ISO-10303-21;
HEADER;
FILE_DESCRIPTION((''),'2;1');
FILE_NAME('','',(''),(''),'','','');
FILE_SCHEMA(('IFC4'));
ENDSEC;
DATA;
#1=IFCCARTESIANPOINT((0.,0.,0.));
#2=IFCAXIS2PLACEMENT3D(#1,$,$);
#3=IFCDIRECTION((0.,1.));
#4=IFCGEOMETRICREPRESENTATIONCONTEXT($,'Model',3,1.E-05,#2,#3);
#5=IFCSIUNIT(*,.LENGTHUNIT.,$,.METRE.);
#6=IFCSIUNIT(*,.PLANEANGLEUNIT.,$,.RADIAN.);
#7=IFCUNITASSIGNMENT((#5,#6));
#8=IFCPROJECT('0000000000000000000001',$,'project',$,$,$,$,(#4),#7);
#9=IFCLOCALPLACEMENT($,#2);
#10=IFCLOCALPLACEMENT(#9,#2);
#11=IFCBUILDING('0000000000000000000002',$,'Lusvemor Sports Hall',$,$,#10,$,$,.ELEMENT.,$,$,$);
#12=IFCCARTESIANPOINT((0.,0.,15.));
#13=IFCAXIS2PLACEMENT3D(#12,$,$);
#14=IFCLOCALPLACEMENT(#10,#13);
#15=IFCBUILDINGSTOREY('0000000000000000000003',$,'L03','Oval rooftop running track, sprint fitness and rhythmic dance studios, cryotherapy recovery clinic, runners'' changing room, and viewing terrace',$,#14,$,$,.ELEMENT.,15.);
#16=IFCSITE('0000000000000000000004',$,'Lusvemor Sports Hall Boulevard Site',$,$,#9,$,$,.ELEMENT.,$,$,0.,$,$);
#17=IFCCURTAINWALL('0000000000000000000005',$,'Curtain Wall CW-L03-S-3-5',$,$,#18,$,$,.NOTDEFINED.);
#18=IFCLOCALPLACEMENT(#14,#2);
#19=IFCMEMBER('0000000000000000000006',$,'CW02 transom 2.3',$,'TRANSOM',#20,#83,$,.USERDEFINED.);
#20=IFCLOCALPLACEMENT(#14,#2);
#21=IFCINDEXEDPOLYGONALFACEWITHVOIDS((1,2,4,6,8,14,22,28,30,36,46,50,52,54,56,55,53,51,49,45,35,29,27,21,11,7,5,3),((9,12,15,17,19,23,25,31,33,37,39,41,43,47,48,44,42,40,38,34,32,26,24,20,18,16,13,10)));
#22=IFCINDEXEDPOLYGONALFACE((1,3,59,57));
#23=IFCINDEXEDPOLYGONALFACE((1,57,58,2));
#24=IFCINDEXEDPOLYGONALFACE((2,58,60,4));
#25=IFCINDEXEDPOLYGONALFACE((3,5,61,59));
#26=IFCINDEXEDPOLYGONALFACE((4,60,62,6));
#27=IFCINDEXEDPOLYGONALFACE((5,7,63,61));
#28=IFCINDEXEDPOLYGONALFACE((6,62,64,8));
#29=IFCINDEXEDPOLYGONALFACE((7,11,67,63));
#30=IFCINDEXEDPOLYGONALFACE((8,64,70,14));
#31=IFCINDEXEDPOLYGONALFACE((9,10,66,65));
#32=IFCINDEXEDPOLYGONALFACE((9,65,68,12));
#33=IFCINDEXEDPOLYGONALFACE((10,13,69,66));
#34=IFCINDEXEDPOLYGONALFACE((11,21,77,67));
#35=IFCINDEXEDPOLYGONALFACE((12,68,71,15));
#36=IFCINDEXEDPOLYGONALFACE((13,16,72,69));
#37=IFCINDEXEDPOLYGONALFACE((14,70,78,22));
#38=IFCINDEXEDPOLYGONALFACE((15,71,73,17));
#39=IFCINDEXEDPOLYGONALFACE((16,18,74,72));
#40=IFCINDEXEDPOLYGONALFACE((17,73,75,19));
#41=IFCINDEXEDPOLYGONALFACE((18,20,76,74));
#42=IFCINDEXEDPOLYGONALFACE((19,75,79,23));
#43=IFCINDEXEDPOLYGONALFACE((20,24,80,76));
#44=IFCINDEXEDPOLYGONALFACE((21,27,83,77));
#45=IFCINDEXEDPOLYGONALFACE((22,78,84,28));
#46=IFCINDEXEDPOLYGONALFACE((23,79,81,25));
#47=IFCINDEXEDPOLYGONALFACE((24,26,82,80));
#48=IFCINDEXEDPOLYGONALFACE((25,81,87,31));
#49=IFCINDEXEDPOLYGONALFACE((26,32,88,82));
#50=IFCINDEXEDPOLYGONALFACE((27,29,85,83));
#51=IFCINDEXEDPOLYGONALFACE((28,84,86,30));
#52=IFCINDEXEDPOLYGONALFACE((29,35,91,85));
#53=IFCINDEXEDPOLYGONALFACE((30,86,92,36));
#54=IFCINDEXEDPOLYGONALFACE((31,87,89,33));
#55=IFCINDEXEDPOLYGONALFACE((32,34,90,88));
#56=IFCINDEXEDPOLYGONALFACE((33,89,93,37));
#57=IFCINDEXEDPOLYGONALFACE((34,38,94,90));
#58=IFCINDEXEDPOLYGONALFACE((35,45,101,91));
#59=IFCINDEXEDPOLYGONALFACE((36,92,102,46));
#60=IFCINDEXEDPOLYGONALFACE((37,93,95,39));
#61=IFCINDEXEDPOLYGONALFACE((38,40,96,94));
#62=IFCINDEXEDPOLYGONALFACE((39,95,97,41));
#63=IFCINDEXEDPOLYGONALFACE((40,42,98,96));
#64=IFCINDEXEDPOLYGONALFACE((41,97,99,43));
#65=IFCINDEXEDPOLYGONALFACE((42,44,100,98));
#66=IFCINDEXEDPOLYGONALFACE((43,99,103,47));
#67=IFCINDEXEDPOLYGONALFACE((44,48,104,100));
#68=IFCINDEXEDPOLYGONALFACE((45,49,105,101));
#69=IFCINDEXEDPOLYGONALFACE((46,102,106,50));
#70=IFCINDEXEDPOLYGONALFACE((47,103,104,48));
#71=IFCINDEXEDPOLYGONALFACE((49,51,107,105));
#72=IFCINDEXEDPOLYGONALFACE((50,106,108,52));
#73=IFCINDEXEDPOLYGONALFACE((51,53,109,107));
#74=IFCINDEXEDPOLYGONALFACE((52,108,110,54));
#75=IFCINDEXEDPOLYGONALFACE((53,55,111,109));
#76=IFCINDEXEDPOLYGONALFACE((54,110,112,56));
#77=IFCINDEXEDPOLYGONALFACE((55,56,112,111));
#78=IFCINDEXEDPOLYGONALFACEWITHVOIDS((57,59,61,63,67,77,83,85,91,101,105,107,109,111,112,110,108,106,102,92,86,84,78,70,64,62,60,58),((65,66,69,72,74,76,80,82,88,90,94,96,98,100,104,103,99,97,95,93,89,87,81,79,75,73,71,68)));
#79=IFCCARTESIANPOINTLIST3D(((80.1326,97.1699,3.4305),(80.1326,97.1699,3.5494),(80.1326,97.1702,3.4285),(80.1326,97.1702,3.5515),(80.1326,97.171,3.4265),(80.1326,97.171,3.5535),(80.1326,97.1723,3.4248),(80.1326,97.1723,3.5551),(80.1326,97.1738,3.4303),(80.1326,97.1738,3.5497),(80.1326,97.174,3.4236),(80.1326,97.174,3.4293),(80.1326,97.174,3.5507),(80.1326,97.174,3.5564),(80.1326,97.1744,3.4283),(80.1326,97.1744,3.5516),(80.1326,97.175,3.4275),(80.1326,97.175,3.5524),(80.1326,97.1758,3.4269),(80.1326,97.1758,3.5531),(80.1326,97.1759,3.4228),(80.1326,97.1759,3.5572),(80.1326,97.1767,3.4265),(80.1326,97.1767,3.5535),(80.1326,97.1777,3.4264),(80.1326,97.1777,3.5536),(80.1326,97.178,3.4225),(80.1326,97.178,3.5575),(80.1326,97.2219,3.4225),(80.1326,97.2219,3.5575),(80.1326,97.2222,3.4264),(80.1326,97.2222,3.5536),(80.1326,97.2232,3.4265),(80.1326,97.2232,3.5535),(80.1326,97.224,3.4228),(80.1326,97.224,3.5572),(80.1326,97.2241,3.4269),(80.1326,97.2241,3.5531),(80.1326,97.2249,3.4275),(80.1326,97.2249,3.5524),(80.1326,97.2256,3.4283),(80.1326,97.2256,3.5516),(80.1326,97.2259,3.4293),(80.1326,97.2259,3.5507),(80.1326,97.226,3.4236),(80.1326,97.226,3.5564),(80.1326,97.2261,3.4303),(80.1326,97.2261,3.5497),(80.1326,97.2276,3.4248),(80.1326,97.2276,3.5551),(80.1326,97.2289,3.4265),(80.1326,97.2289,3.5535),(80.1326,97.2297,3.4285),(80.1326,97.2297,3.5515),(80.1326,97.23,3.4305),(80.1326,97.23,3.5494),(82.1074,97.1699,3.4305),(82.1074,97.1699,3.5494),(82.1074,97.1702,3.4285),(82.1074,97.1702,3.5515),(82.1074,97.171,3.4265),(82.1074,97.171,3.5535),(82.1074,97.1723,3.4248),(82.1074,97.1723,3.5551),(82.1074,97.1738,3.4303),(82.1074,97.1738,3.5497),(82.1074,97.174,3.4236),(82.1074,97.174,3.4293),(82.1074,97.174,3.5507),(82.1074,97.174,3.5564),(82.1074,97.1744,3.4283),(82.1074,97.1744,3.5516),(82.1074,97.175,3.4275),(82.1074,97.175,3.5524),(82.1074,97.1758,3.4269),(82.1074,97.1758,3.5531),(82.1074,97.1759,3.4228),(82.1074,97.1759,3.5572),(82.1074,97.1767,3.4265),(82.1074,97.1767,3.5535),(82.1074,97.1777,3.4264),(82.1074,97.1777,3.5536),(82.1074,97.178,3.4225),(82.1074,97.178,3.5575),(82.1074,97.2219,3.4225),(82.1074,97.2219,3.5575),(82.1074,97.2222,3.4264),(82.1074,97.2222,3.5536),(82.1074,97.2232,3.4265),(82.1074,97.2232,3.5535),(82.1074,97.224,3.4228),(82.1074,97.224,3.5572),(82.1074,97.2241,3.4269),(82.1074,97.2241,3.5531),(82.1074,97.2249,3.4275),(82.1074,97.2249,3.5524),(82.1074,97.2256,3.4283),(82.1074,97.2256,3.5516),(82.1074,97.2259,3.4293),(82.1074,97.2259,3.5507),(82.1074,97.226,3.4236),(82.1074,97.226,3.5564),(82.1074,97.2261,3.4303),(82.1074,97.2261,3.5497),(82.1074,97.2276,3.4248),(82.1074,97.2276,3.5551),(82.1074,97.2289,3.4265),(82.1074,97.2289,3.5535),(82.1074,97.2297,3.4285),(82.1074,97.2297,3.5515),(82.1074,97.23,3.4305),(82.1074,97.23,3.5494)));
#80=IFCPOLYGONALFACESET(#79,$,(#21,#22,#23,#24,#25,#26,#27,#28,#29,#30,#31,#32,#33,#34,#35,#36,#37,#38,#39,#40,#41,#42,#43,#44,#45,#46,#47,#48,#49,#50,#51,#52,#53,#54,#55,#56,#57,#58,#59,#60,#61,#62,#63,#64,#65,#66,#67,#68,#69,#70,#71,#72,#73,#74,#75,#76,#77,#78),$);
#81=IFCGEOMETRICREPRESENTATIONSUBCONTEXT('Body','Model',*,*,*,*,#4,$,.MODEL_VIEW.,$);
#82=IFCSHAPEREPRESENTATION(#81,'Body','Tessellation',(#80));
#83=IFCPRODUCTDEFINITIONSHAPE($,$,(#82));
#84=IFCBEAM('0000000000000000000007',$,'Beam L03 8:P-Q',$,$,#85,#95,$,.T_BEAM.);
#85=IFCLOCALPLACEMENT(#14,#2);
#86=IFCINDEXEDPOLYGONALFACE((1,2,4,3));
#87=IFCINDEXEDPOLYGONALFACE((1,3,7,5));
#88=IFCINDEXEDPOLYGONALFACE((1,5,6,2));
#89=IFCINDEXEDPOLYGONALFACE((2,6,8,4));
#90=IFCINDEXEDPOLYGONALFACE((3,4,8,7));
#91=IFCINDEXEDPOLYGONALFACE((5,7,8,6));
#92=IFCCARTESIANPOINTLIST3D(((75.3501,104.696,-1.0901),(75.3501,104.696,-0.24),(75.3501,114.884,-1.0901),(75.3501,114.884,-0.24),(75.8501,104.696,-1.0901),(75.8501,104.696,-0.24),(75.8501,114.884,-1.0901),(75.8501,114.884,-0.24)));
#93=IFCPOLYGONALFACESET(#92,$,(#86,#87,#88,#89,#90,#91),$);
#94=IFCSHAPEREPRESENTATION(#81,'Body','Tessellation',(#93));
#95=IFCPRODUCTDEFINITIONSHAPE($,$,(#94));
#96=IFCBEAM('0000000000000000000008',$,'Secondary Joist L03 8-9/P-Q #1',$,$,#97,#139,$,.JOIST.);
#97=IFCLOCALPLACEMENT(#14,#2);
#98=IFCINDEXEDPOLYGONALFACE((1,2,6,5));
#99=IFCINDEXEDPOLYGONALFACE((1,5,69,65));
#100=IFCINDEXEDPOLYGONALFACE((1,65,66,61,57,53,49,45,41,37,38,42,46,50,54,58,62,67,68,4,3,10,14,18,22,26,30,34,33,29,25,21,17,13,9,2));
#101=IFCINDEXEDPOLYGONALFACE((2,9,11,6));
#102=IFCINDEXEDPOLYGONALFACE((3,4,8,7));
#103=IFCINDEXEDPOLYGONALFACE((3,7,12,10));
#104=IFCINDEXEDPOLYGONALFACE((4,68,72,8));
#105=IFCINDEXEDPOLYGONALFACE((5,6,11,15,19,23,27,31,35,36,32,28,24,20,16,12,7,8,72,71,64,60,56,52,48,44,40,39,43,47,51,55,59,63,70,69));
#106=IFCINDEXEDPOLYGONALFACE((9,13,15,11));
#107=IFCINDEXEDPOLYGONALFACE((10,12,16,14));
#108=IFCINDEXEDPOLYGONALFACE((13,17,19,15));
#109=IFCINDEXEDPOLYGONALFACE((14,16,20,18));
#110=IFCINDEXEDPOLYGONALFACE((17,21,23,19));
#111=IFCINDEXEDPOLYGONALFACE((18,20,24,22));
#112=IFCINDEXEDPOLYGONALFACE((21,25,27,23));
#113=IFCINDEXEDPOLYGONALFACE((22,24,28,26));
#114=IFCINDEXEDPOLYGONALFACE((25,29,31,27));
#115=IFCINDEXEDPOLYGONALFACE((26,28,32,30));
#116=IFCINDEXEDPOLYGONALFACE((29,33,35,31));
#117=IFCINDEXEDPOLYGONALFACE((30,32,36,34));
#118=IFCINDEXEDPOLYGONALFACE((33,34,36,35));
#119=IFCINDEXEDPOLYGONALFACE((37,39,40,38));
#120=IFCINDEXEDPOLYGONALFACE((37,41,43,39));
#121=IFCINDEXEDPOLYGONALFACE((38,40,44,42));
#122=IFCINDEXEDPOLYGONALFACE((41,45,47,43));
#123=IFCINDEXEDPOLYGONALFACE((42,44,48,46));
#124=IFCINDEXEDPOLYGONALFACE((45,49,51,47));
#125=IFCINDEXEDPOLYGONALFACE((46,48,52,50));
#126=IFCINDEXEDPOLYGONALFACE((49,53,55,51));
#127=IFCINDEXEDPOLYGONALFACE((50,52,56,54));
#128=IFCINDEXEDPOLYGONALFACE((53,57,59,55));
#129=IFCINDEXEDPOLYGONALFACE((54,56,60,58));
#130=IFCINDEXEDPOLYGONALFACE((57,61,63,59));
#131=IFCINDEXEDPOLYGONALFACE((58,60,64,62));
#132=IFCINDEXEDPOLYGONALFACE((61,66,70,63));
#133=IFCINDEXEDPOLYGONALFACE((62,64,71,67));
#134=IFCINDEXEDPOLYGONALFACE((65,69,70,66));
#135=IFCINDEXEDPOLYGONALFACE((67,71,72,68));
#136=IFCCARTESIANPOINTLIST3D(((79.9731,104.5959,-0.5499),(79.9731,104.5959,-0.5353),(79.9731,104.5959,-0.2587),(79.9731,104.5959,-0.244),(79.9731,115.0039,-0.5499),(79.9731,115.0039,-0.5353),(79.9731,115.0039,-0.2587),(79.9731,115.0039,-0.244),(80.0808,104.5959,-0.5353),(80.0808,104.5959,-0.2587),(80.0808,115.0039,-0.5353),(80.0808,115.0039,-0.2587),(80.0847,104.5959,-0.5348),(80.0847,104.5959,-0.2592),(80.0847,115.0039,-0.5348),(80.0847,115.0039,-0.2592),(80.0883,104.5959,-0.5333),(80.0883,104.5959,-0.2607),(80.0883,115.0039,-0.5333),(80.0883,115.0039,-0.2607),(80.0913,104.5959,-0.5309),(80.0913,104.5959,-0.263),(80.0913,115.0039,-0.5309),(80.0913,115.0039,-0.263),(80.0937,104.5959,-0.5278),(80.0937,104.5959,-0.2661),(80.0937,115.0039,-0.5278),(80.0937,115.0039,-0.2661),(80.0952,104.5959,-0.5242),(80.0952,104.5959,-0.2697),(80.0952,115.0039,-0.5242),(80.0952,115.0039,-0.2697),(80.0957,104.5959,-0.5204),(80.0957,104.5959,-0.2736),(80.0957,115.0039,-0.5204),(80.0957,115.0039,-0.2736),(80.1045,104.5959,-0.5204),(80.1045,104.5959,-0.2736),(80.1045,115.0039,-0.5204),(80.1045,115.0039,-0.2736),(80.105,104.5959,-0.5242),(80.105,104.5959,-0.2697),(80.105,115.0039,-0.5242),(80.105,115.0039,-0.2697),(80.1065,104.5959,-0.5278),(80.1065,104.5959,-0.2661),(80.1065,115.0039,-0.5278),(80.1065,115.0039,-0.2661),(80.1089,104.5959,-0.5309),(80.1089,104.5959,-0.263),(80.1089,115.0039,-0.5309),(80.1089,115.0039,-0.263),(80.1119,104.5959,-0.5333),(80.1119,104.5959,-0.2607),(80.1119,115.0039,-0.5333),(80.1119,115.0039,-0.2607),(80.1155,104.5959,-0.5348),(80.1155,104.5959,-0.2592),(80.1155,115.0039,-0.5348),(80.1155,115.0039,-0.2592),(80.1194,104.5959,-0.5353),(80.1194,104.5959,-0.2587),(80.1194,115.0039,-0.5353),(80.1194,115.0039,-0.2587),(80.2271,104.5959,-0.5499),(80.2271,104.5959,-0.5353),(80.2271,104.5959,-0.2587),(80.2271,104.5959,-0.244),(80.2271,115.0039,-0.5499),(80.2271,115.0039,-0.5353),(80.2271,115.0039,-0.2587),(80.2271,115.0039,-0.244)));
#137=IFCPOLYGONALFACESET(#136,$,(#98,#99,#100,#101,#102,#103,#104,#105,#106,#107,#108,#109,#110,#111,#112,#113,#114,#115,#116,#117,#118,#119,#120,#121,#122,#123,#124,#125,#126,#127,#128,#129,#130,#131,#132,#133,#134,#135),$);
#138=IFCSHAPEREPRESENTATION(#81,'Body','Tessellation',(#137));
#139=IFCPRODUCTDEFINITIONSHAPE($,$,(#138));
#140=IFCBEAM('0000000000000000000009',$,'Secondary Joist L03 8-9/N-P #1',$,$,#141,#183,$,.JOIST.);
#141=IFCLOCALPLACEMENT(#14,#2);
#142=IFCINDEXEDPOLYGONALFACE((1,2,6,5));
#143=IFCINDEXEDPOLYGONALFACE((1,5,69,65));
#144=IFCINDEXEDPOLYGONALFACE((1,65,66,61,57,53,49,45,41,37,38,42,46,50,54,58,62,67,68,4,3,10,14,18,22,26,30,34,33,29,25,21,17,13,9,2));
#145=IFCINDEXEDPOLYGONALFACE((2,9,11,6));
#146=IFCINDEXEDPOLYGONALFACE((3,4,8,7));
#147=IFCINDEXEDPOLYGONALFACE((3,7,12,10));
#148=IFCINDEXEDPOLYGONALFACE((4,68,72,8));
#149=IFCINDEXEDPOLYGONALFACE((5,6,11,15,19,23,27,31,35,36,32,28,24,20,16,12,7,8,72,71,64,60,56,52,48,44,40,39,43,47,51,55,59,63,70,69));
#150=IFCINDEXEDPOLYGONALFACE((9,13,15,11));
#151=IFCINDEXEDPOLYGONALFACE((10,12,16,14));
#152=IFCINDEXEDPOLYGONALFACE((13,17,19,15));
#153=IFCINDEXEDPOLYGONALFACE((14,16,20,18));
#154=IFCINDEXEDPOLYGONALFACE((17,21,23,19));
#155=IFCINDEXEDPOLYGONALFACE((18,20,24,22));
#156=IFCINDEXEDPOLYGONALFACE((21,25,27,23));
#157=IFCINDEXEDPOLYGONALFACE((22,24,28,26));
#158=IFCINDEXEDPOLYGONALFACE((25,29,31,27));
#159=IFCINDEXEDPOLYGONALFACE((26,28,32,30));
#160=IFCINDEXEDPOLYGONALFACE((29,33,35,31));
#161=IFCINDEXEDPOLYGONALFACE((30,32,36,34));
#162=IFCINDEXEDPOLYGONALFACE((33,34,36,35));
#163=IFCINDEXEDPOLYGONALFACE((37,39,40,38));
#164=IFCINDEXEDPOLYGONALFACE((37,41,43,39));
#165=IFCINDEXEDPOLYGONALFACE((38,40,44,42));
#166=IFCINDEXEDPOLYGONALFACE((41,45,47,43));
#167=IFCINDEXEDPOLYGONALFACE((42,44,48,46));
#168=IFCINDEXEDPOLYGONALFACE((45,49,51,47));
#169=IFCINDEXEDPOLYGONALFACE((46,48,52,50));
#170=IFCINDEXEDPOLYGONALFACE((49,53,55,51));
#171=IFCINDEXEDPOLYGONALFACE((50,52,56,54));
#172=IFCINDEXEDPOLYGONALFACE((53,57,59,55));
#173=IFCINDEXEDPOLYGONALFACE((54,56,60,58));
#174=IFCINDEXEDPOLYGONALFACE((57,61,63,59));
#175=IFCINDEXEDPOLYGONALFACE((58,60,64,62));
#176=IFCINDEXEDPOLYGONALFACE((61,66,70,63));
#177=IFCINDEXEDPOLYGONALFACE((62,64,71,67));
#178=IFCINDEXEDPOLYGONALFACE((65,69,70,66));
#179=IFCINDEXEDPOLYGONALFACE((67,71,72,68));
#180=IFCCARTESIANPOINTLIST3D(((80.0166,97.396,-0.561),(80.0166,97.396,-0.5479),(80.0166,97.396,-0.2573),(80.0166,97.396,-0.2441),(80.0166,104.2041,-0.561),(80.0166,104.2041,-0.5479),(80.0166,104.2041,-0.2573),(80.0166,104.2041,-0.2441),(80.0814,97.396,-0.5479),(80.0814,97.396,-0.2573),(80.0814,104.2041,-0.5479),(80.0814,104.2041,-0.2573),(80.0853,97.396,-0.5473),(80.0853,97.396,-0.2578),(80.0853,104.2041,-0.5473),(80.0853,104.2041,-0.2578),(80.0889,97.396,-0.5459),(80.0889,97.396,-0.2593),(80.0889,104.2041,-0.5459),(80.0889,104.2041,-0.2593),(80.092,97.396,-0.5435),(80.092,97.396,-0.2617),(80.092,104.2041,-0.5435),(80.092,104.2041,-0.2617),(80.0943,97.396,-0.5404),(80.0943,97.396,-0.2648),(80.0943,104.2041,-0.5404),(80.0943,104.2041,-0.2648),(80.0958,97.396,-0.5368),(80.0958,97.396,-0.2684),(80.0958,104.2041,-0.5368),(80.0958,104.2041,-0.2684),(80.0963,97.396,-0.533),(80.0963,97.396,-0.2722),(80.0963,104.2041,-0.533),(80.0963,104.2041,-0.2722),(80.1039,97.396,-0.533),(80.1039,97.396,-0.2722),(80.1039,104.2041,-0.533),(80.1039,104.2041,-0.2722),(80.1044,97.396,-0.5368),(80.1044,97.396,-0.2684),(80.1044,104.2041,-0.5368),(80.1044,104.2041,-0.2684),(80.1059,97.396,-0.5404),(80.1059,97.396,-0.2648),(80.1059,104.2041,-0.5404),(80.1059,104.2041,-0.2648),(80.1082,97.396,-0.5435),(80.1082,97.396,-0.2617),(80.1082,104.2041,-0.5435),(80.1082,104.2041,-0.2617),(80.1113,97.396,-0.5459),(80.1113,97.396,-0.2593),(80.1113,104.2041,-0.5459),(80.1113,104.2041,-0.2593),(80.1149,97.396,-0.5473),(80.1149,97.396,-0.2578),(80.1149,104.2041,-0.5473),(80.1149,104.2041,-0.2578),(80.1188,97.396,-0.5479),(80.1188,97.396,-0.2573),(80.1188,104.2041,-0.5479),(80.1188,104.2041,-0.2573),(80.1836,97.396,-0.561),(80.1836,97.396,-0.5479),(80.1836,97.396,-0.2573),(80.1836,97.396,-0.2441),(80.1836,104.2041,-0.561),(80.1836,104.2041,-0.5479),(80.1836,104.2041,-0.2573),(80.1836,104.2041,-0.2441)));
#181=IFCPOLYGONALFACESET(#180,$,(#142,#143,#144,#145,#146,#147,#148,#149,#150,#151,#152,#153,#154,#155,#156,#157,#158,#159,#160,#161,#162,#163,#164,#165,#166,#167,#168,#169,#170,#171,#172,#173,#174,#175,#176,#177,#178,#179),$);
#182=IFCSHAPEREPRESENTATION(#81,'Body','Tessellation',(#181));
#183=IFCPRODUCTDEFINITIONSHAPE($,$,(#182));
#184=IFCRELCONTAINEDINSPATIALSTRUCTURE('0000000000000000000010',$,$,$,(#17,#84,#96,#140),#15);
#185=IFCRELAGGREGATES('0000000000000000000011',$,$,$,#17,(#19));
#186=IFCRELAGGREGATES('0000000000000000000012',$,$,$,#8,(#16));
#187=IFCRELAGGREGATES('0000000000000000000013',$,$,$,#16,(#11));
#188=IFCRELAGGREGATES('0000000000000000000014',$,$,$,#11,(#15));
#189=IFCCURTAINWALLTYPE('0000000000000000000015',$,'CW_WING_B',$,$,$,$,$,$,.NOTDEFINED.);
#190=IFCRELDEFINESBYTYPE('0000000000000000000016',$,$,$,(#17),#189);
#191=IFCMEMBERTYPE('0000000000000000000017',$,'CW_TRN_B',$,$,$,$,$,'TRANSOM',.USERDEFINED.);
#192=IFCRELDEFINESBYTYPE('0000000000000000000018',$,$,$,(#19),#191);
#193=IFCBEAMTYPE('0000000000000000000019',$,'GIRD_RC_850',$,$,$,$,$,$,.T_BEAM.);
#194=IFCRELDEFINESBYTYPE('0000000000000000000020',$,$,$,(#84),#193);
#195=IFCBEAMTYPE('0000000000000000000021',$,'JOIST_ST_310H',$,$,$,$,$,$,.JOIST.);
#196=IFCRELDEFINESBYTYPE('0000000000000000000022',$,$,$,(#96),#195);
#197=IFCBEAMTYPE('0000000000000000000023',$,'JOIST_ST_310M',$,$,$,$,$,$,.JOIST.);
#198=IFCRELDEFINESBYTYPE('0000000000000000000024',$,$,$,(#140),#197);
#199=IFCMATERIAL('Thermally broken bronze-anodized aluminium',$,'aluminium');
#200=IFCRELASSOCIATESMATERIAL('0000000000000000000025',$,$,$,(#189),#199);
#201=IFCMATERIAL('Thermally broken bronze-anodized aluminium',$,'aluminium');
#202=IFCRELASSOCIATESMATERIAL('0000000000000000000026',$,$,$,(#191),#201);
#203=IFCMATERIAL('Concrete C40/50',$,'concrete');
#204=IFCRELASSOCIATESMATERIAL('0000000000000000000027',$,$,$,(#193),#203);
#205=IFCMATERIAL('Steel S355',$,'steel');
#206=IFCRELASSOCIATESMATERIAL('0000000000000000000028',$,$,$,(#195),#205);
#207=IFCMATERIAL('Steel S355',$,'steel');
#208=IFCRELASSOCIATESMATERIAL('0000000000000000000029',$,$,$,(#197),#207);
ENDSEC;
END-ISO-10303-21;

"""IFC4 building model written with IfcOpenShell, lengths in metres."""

from ifc_helpers import new_model, si_unit, direction, frame, origin, origin_2d, place, context, subcontext, project, spatial, rectangle, hollow_rectangle, i_section, extrude, material, material_profile, profile_set, type_object, element, aggregate, save


model = new_model("IFC4")

# Units and contexts
model_context = context("Model", 3, precision=1e-05, world=origin(), true_north=direction((0.0, 1.0)))
body_context = subcontext(model_context, "Body", "Model", "MODEL_VIEW")
ifc_project = project(units=[si_unit("LENGTHUNIT", "METRE"), si_unit("PLANEANGLEUNIT", "RADIAN")], contexts=[model_context])

# Site, building, storey
site_placement = place(None, origin())
site = spatial("IfcSite", under=ifc_project, at=site_placement, Name="Lusvemor Sports Hall Boulevard Site", CompositionType="ELEMENT", RefElevation=0.0)
building_placement = place(site_placement, origin())
building = spatial("IfcBuilding", under=site, at=building_placement, Name="Lusvemor Sports Hall", CompositionType="ELEMENT")
storey_placement = place(building_placement, frame((0.0, 0.0, 15.0)))
storey = spatial("IfcBuildingStorey", under=building, at=storey_placement, Name="L03", Description="Oval rooftop running track, sprint fitness and rhythmic dance studios, cryotherapy recovery clinic, runners' changing room, and viewing terrace", CompositionType="ELEMENT", Elevation=15.0)

# Shared definitions
ifc_material_1 = material(Name="Thermally broken bronze-anodized aluminium", Category="aluminium")
curtain_wall_type = type_object("IfcCurtainWallType", Name="CW_WING_B", PredefinedType="NOTDEFINED", material=ifc_material_1)

# Curtain wall, member
curtain_wall_1_placement = place(storey_placement, origin())
curtain_wall_1 = element("IfcCurtainWall", 1, at=curtain_wall_1_placement, inside=storey, type_object=curtain_wall_type, Name="Curtain Wall CW-L03-S-3-5", PredefinedType="NOTDEFINED")
ifc_material_2 = material(Name="Thermally broken bronze-anodized aluminium", Category="aluminium")
ifc_material_profile_1 = material_profile(ifc_material_2, hollow_rectangle(XDim=0.0601, YDim=0.135, WallThickness=0.0039, InnerFilletRadius=0.0039, OuterFilletRadius=0.0081, at=origin_2d()), Name="CWTRN135x60x4")
ifc_profile_set_1 = profile_set([ifc_material_profile_1], Name="Thermally broken bronze-anodized aluminium")
member_type_1 = type_object("IfcMemberType", Name="CW_TRN_B", ElementType="TRANSOM", PredefinedType="USERDEFINED", material=ifc_profile_set_1)
member_1_placement = place(storey_placement, frame((82.1074, 97.2, 3.49), z_axis=(-1.0, 0.0, 0.0), x_axis=(0.0, -1.0, 0.0)))
member_1 = element("IfcMember", 2, at=member_1_placement, type_object=member_type_1, Name="CW02 transom 2.3", ObjectType="TRANSOM", PredefinedType="USERDEFINED", context=body_context, shape_type="SweptSolid", body=[
    extrude(hollow_rectangle(XDim=0.0601, YDim=0.135, WallThickness=0.0039, InnerFilletRadius=0.0039, OuterFilletRadius=0.0081, at=origin_2d()), origin(), (0.0, 0.0, 1.0), 1.9749),
])

# Beams
ifc_material_3 = material(Name="Concrete C40/50", Category="concrete")
ifc_material_profile_2 = material_profile(ifc_material_3, rectangle(XDim=0.5, YDim=0.8501, at=origin_2d()), Name="RC500x850")
ifc_profile_set_2 = profile_set([ifc_material_profile_2], Name="Concrete C40/50")
beam_type_1 = type_object("IfcBeamType", Name="GIRD_RC_850", PredefinedType="T_BEAM", material=ifc_profile_set_2)
beam_1_placement = place(storey_placement, frame((75.6001, 104.696, -0.665), z_axis=(0.0, 1.0, 0.0), x_axis=(-1.0, 0.0, 0.0)))
element("IfcBeam", 3, at=beam_1_placement, inside=storey, type_object=beam_type_1, Name="Beam L03 8:P-Q", PredefinedType="T_BEAM", context=body_context, shape_type="SweptSolid", body=[
    extrude(rectangle(XDim=0.5, YDim=0.8501, at=origin_2d()), origin(), (0.0, 0.0, 1.0), 10.188),
])
ifc_material_4 = material(Name="Steel S355", Category="steel")
ifc_material_profile_3 = material_profile(ifc_material_4, i_section(OverallWidth=0.2539, OverallDepth=0.3059, WebThickness=0.0088, FlangeThickness=0.0146, FilletRadius=0.0149, at=origin_2d()), Name="W310x79.0")
ifc_profile_set_3 = profile_set([ifc_material_profile_3], Name="Steel S355")
beam_type_2 = type_object("IfcBeamType", Name="JOIST_ST_310H", PredefinedType="JOIST", material=ifc_profile_set_3)
beam_2_placement = place(storey_placement, frame((80.1001, 104.5959, -0.397), z_axis=(0.0, 1.0, 0.0), x_axis=(-1.0, 0.0, 0.0)))
element("IfcBeam", 4, at=beam_2_placement, inside=storey, type_object=beam_type_2, Name="Secondary Joist L03 8-9/P-Q #1", PredefinedType="JOIST", context=body_context, shape_type="SweptSolid", body=[
    extrude(i_section(OverallWidth=0.2539, OverallDepth=0.3059, WebThickness=0.0088, FlangeThickness=0.0146, FilletRadius=0.0149, at=origin_2d()), origin(), (0.0, 0.0, 1.0), 10.408),
])
ifc_material_5 = material(Name="Steel S355", Category="steel")
ifc_material_profile_4 = material_profile(ifc_material_5, i_section(OverallWidth=0.167, OverallDepth=0.3169, WebThickness=0.0076, FlangeThickness=0.0132, FilletRadius=0.0149, at=origin_2d()), Name="W310x52.0")
ifc_profile_set_4 = profile_set([ifc_material_profile_4], Name="Steel S355")
beam_type_3 = type_object("IfcBeamType", Name="JOIST_ST_310M", PredefinedType="JOIST", material=ifc_profile_set_4)
beam_3_placement = place(storey_placement, frame((80.1001, 97.396, -0.4026), z_axis=(0.0, 1.0, 0.0), x_axis=(-1.0, 0.0, 0.0)))
element("IfcBeam", 5, at=beam_3_placement, inside=storey, type_object=beam_type_3, Name="Secondary Joist L03 8-9/N-P #1", PredefinedType="JOIST", context=body_context, shape_type="SweptSolid", body=[
    extrude(i_section(OverallWidth=0.167, OverallDepth=0.3169, WebThickness=0.0076, FlangeThickness=0.0132, FilletRadius=0.0149, at=origin_2d()), origin(), (0.0, 0.0, 1.0), 6.8081),
])

aggregate(curtain_wall_1, [member_1])

save(model, "model.ifc")
